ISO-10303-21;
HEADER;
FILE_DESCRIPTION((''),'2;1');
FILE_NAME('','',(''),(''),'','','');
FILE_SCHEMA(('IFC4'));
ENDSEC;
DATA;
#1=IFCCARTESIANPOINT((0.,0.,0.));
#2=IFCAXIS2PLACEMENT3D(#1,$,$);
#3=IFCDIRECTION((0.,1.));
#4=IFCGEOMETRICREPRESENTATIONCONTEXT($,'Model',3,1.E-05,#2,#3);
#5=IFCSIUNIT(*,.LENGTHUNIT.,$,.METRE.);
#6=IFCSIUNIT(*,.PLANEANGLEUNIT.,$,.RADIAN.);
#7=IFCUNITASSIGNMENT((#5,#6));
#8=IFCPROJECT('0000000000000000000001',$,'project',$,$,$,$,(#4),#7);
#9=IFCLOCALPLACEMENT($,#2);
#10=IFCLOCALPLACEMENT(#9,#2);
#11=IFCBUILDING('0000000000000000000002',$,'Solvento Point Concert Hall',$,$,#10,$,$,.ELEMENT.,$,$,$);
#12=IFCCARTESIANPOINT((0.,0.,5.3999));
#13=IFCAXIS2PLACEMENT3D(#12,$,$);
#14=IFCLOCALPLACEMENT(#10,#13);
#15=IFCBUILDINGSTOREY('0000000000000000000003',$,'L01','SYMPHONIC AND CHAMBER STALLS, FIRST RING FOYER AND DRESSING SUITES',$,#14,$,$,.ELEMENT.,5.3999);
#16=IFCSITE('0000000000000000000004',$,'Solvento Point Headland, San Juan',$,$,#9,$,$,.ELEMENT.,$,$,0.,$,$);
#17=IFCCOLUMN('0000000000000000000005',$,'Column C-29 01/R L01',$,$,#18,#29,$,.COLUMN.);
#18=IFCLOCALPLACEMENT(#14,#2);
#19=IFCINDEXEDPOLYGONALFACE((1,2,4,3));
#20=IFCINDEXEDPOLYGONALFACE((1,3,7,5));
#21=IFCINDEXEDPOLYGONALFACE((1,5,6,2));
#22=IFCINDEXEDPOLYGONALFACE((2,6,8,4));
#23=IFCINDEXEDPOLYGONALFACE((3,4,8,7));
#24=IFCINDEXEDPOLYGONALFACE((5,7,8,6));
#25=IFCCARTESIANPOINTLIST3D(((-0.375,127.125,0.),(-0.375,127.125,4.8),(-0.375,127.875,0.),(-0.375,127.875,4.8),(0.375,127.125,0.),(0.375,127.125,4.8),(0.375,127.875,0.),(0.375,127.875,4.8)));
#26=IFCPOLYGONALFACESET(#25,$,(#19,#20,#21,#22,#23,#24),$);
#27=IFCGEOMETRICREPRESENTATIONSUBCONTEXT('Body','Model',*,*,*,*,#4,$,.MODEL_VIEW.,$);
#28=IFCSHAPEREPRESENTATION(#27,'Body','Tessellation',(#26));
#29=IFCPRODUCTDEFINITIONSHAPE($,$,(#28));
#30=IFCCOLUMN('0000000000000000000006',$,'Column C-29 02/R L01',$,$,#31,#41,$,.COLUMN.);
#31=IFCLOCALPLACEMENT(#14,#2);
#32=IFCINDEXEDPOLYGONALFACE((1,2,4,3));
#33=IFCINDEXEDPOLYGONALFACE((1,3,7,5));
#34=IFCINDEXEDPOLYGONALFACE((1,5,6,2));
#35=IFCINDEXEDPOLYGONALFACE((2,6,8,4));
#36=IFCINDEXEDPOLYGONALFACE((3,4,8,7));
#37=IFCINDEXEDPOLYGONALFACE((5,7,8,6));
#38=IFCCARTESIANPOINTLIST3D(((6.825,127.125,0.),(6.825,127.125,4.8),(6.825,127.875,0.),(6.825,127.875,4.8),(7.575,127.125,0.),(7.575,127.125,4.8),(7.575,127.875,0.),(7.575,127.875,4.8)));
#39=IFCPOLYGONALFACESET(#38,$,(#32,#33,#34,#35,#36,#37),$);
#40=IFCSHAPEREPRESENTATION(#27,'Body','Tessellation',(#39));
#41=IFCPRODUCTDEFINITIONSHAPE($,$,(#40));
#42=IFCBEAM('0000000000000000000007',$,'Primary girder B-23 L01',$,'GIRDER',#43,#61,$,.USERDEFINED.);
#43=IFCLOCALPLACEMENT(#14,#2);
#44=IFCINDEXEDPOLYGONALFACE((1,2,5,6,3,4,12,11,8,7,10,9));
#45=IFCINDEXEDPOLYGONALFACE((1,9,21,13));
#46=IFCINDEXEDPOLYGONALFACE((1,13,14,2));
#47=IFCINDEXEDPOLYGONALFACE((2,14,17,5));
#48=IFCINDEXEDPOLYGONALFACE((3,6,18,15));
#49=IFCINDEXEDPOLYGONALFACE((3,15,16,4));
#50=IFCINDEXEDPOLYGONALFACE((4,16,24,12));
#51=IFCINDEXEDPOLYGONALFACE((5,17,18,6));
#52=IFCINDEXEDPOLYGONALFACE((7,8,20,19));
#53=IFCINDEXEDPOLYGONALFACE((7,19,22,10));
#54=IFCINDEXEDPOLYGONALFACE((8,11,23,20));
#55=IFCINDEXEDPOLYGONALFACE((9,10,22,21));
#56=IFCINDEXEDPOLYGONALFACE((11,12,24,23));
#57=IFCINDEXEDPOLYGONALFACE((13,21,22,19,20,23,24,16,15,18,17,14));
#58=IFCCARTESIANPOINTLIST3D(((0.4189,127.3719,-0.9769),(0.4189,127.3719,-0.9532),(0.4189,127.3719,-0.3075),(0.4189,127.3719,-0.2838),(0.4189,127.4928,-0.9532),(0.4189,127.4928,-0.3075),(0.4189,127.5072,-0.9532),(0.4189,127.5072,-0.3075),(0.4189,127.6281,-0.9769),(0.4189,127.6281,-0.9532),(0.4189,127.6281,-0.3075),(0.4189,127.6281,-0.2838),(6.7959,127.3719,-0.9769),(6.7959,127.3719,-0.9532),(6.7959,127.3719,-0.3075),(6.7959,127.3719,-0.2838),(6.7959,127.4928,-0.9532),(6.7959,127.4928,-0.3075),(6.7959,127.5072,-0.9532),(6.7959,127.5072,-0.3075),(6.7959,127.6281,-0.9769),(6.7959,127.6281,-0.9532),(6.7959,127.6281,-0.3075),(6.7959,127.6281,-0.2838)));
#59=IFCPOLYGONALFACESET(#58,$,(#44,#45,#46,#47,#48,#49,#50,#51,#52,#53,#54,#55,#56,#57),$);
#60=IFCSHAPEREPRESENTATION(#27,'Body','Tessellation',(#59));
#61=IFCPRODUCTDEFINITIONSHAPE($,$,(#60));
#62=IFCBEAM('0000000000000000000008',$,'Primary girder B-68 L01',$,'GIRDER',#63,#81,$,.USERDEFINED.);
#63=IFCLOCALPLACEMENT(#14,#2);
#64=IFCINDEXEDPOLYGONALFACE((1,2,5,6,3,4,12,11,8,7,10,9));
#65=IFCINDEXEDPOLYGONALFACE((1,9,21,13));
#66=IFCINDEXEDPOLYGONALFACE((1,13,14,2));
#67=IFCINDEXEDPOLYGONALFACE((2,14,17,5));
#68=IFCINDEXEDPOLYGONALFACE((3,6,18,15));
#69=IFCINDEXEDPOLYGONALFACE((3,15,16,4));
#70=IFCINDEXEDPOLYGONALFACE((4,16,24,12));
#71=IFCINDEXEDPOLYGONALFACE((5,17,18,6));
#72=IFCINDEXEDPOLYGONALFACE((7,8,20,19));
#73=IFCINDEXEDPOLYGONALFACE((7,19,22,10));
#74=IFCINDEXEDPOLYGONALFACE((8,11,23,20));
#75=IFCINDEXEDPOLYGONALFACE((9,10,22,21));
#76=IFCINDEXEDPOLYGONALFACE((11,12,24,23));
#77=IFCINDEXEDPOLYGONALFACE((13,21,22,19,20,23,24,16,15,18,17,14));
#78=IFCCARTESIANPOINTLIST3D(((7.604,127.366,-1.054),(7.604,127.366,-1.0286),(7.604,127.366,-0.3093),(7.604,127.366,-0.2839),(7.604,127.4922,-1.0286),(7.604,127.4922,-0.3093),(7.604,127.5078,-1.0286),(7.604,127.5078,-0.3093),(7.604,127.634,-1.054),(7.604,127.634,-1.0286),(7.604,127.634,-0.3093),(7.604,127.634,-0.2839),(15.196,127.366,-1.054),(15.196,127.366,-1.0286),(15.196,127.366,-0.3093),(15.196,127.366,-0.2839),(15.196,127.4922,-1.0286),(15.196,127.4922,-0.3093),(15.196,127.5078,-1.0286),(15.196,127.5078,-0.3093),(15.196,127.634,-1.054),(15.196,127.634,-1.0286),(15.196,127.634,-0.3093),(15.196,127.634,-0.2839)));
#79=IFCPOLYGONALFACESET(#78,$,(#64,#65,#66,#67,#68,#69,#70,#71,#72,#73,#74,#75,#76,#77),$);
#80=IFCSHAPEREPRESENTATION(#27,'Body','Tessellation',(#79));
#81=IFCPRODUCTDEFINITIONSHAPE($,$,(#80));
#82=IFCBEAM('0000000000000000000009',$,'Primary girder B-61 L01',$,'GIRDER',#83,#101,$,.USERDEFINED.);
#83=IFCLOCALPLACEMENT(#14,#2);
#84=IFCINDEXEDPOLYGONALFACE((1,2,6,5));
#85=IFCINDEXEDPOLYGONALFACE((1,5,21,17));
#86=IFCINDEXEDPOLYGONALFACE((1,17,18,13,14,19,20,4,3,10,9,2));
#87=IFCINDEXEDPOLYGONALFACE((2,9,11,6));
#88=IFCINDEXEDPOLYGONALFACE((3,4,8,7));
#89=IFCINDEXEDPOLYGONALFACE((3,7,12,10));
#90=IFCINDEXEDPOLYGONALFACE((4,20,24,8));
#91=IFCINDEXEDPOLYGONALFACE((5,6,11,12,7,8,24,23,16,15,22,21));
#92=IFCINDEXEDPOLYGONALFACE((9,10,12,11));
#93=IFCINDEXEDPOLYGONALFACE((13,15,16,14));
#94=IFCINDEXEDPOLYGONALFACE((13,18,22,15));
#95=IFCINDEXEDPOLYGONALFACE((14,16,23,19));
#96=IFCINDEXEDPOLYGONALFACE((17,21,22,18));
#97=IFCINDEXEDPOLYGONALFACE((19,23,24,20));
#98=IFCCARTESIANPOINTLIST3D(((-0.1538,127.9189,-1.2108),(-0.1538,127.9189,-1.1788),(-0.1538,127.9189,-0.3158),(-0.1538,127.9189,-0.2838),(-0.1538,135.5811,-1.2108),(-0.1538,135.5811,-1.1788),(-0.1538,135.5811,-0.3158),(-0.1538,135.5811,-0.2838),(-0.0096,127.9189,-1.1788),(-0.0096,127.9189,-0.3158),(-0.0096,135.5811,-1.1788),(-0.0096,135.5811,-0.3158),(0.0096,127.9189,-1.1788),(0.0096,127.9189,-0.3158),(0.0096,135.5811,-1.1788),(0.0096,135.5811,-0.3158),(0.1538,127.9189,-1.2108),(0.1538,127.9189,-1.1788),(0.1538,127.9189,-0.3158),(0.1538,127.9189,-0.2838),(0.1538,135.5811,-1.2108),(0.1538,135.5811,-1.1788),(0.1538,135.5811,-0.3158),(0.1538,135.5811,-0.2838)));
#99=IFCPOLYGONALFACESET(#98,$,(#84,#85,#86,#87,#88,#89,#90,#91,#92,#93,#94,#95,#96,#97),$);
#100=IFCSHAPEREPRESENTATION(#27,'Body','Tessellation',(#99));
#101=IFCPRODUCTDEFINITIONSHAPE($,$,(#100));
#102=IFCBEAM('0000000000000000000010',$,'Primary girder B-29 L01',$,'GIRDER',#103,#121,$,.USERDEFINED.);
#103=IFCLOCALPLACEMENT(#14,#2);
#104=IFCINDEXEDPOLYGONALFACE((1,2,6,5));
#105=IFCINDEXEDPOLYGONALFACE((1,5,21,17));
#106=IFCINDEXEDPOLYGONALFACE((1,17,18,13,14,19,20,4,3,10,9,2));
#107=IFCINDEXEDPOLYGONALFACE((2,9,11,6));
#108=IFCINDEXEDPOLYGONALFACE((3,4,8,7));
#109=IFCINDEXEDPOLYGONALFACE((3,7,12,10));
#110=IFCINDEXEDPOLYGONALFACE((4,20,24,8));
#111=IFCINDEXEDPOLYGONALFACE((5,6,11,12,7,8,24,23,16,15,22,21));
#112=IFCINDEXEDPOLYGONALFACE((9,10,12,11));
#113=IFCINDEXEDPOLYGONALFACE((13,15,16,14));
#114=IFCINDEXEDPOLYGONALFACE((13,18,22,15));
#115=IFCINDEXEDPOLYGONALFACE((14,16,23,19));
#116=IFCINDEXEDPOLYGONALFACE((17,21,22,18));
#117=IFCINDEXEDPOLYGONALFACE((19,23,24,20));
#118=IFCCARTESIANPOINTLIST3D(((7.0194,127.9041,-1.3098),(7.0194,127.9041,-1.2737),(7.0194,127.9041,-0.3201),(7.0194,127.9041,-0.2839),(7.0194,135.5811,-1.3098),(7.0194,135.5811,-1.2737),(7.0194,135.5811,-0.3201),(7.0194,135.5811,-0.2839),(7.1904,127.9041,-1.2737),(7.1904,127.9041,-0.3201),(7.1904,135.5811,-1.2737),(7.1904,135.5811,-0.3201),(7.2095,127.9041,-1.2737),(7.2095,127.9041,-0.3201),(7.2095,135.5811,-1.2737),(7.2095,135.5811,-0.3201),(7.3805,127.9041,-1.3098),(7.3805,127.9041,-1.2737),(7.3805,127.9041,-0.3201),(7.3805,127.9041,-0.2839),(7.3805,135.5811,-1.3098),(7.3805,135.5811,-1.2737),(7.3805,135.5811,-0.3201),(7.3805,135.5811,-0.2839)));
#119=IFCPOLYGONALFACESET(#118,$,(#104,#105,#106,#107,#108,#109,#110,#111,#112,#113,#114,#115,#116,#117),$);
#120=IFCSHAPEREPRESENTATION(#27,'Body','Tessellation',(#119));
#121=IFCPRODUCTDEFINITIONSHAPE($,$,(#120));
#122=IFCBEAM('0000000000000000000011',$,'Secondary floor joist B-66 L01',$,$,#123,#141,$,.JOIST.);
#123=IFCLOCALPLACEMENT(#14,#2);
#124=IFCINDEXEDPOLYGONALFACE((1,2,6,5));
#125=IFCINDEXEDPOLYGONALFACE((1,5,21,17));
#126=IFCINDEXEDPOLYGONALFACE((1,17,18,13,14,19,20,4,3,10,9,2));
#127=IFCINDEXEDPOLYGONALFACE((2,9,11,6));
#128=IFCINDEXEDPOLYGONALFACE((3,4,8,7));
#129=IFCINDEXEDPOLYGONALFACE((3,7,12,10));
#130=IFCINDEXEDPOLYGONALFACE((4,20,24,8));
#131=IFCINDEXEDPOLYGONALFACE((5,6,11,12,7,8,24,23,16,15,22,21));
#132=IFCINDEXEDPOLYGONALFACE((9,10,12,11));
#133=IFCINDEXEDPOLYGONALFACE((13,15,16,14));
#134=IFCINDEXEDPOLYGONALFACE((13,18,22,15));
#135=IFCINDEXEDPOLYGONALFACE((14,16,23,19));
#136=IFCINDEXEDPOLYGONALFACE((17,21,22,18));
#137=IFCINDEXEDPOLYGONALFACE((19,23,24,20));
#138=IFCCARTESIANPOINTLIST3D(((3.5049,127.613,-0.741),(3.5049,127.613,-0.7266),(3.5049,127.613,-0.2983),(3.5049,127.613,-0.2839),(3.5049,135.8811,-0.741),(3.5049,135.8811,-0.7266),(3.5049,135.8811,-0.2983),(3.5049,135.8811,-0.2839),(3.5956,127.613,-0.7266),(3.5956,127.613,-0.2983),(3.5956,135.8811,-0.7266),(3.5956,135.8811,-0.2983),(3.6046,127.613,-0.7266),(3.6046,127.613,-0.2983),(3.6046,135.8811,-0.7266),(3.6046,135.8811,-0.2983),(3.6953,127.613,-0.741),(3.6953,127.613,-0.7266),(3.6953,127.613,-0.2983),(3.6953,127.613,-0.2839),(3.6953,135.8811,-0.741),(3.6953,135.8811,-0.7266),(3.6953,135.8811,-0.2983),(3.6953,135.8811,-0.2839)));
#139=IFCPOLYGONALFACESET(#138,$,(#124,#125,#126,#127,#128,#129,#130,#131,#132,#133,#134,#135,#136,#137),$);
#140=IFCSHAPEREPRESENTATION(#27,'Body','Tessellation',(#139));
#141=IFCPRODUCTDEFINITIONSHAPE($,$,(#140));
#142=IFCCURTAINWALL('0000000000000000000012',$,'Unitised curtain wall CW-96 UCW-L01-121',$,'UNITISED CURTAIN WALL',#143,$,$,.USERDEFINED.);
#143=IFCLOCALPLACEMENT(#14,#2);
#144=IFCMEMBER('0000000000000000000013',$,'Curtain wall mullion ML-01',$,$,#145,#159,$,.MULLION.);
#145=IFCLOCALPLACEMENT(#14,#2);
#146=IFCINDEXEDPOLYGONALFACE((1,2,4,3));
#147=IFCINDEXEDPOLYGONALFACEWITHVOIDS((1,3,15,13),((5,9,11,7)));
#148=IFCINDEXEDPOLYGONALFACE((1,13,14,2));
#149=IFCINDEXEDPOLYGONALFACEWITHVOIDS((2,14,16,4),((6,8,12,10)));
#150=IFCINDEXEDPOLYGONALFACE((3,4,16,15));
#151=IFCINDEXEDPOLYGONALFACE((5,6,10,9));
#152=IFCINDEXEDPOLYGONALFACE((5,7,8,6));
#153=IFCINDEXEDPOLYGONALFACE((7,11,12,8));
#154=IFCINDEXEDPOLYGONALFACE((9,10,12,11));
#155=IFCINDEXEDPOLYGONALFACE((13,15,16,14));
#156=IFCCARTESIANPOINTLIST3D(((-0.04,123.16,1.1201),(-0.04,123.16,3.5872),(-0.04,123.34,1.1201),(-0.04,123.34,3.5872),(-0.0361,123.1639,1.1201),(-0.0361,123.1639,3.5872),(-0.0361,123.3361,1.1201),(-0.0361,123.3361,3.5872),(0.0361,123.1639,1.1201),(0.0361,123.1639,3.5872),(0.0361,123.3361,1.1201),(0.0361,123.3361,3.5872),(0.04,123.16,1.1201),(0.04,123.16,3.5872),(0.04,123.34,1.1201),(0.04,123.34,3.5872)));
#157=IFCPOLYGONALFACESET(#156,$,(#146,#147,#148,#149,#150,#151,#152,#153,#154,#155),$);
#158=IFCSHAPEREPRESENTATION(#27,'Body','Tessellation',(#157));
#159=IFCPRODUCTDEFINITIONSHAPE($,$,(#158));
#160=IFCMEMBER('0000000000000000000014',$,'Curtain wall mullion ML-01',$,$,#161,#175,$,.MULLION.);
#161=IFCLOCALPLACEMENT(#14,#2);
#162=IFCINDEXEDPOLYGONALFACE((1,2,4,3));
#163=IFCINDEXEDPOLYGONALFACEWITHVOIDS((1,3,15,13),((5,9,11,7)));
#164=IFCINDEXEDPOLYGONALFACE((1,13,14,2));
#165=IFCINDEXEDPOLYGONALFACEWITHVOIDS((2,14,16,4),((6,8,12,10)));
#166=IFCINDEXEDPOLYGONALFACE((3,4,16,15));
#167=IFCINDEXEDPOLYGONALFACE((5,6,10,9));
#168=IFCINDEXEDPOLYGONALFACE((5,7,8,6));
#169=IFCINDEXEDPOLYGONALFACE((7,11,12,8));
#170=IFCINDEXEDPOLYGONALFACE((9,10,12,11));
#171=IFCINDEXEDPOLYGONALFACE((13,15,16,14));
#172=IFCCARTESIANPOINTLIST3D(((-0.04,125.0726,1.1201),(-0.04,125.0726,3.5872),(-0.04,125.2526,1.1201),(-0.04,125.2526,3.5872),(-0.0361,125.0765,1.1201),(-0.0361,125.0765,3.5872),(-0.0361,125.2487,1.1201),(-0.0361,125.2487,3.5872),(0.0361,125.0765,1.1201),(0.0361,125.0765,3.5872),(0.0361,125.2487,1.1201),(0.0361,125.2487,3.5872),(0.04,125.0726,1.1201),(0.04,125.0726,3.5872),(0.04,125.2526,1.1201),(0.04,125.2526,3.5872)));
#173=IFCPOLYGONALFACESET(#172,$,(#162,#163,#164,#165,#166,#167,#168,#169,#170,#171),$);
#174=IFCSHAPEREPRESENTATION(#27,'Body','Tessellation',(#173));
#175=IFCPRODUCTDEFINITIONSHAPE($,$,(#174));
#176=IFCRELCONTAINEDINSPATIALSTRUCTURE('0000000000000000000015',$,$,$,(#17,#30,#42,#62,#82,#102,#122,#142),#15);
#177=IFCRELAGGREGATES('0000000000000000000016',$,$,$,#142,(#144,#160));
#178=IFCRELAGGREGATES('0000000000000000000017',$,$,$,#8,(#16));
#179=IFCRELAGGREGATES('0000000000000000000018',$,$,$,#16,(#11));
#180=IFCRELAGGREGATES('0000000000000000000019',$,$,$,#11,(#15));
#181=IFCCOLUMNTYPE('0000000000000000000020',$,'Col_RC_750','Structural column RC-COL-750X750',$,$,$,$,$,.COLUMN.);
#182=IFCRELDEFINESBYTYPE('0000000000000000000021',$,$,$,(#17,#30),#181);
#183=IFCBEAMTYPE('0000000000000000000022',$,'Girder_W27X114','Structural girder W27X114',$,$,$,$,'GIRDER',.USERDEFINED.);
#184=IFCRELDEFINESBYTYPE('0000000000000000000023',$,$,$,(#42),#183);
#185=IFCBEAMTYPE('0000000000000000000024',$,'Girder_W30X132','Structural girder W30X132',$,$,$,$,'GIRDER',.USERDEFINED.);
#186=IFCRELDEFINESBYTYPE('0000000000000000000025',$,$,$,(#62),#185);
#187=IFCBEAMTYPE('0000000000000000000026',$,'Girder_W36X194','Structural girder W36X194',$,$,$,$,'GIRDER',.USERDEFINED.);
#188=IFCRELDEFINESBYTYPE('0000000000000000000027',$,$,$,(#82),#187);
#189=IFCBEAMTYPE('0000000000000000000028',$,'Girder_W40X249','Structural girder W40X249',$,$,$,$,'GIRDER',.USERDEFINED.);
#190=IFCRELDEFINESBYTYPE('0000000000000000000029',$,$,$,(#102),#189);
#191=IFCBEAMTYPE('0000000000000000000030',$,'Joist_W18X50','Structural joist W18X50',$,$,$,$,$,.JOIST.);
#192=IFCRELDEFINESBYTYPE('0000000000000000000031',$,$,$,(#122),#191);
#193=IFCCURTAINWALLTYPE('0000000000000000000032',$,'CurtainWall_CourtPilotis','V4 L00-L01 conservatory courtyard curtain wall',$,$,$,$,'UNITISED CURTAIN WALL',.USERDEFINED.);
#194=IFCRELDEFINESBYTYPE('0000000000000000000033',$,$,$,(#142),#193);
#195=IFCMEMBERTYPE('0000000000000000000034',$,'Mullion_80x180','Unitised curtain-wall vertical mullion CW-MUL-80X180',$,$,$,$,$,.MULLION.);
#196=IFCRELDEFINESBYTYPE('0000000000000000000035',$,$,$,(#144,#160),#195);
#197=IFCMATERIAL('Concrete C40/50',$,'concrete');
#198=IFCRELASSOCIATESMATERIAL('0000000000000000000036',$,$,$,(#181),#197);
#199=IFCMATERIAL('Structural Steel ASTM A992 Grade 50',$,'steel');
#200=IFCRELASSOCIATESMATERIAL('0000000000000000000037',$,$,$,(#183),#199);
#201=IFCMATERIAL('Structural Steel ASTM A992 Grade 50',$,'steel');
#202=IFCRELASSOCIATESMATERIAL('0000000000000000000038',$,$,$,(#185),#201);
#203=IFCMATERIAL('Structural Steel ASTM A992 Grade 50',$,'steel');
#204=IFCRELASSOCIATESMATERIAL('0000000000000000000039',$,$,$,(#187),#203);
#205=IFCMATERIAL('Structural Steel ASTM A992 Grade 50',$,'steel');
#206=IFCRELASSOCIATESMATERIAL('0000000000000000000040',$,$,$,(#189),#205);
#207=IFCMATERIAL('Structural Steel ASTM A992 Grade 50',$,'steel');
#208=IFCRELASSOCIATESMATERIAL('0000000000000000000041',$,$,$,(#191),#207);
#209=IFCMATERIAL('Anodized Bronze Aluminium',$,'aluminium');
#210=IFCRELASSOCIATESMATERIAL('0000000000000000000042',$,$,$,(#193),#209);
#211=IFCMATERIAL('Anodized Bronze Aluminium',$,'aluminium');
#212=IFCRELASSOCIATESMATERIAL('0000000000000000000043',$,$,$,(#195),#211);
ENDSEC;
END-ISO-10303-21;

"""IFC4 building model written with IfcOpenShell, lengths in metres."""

from ifc_helpers import new_model, si_unit, direction, frame, origin, origin_2d, place, context, subcontext, project, spatial, rectangle, hollow_rectangle, i_section, extrude, material, material_profile, profile_set, type_object, element, aggregate, save


model = new_model("IFC4")

# Units and contexts
model_context = context("Model", 3, precision=1e-05, world=origin(), true_north=direction((0.0, 1.0)))
body_context = subcontext(model_context, "Body", "Model", "MODEL_VIEW")
ifc_project = project(units=[si_unit("LENGTHUNIT", "METRE"), si_unit("PLANEANGLEUNIT", "RADIAN")], contexts=[model_context])

# Site, building, storey
site_placement = place(None, origin())
site = spatial("IfcSite", under=ifc_project, at=site_placement, Name="Solvento Point Headland, San Juan", CompositionType="ELEMENT", RefElevation=0.0)
building_placement = place(site_placement, origin())
building = spatial("IfcBuilding", under=site, at=building_placement, Name="Solvento Point Concert Hall", CompositionType="ELEMENT")
storey_placement = place(building_placement, frame((0.0, 0.0, 5.3999)))
storey = spatial("IfcBuildingStorey", under=building, at=storey_placement, Name="L01", Description="SYMPHONIC AND CHAMBER STALLS, FIRST RING FOYER AND DRESSING SUITES", CompositionType="ELEMENT", Elevation=5.3999)

# Columns
ifc_material_1 = material(Name="Concrete C40/50", Category="concrete")
ifc_material_profile_1 = material_profile(ifc_material_1, rectangle(XDim=0.75, YDim=0.75, at=origin_2d()), Name="RC-COL-750X750")
ifc_profile_set_1 = profile_set([ifc_material_profile_1], Name="Concrete C40/50")
column_type = type_object("IfcColumnType", Name="Col_RC_750", Description="Structural column RC-COL-750X750", PredefinedType="COLUMN", material=ifc_profile_set_1)
for number, where, z_axis, x_axis, name in (
    (1, (0.0, 127.5, 0.0), (0.0, 0.0, 1.0), (1.0, 0.0, 0.0), "Column C-29 01/R L01"),
    (2, (7.2, 127.5, 0.0), (0.0, 0.0, 1.0), (1.0, 0.0, 0.0), "Column C-29 02/R L01"),
):
    element("IfcColumn", number, at=place(storey_placement, frame(where, z_axis=z_axis, x_axis=x_axis)), inside=storey, type_object=column_type, Name=name, PredefinedType="COLUMN", context=body_context, shape_type="SweptSolid", body=[
        extrude(rectangle(XDim=0.75, YDim=0.75, at=origin_2d()), origin(), (0.0, 0.0, 1.0), 4.8),
    ])

# Beams
ifc_material_2 = material(Name="Structural Steel ASTM A992 Grade 50", Category="steel")
ifc_material_profile_2 = material_profile(ifc_material_2, i_section(OverallWidth=0.2561, OverallDepth=0.6931, WebThickness=0.0144, FlangeThickness=0.0237, at=origin_2d()), Name="W27X114")
ifc_profile_set_2 = profile_set([ifc_material_profile_2], Name="Structural Steel ASTM A992 Grade 50")
beam_type_1 = type_object("IfcBeamType", Name="Girder_W27X114", Description="Structural girder W27X114", ElementType="GIRDER", PredefinedType="USERDEFINED", material=ifc_profile_set_2)
beam_1_placement = place(storey_placement, frame((0.4189, 127.5, -0.6304), z_axis=(1.0, 0.0, 0.0), x_axis=(0.0, 1.0, 0.0)))
element("IfcBeam", 3, at=beam_1_placement, inside=storey, type_object=beam_type_1, Name="Primary girder B-23 L01", ObjectType="GIRDER", PredefinedType="USERDEFINED", context=body_context, shape_type="SweptSolid", body=[
    extrude(i_section(OverallWidth=0.2561, OverallDepth=0.6931, WebThickness=0.0144, FlangeThickness=0.0237, at=origin_2d()), origin(), (0.0, 0.0, 1.0), 6.377),
])
ifc_material_3 = material(Name="Structural Steel ASTM A992 Grade 50", Category="steel")
ifc_material_profile_3 = material_profile(ifc_material_3, i_section(OverallWidth=0.2681, OverallDepth=0.77, WebThickness=0.0156, FlangeThickness=0.0254, at=origin_2d()), Name="W30X132")
ifc_profile_set_3 = profile_set([ifc_material_profile_3], Name="Structural Steel ASTM A992 Grade 50")
beam_type_2 = type_object("IfcBeamType", Name="Girder_W30X132", Description="Structural girder W30X132", ElementType="GIRDER", PredefinedType="USERDEFINED", material=ifc_profile_set_3)
beam_2_placement = place(storey_placement, frame((7.604, 127.5, -0.6689), z_axis=(1.0, 0.0, 0.0), x_axis=(0.0, 1.0, 0.0)))
element("IfcBeam", 4, at=beam_2_placement, inside=storey, type_object=beam_type_2, Name="Primary girder B-68 L01", ObjectType="GIRDER", PredefinedType="USERDEFINED", context=body_context, shape_type="SweptSolid", body=[
    extrude(i_section(OverallWidth=0.2681, OverallDepth=0.77, WebThickness=0.0156, FlangeThickness=0.0254, at=origin_2d()), origin(), (0.0, 0.0, 1.0), 7.592),
])
ifc_material_4 = material(Name="Structural Steel ASTM A992 Grade 50", Category="steel")
ifc_material_profile_4 = material_profile(ifc_material_4, i_section(OverallWidth=0.3076, OverallDepth=0.927, WebThickness=0.0193, FlangeThickness=0.032, at=origin_2d()), Name="W36X194")
ifc_profile_set_4 = profile_set([ifc_material_profile_4], Name="Structural Steel ASTM A992 Grade 50")
beam_type_3 = type_object("IfcBeamType", Name="Girder_W36X194", Description="Structural girder W36X194", ElementType="GIRDER", PredefinedType="USERDEFINED", material=ifc_profile_set_4)
beam_3_placement = place(storey_placement, frame((0.0, 127.9189, -0.7473), z_axis=(0.0, 1.0, 0.0), x_axis=(-1.0, 0.0, 0.0)))
element("IfcBeam", 5, at=beam_3_placement, inside=storey, type_object=beam_type_3, Name="Primary girder B-61 L01", ObjectType="GIRDER", PredefinedType="USERDEFINED", context=body_context, shape_type="SweptSolid", body=[
    extrude(i_section(OverallWidth=0.3076, OverallDepth=0.927, WebThickness=0.0193, FlangeThickness=0.032, at=origin_2d()), origin(), (0.0, 0.0, 1.0), 7.6621),
])
ifc_material_5 = material(Name="Structural Steel ASTM A992 Grade 50", Category="steel")
ifc_material_profile_5 = material_profile(ifc_material_5, i_section(OverallWidth=0.3611, OverallDepth=1.0259, WebThickness=0.019, FlangeThickness=0.0361, at=origin_2d()), Name="W40X249")
ifc_profile_set_5 = profile_set([ifc_material_profile_5], Name="Structural Steel ASTM A992 Grade 50")
beam_type_4 = type_object("IfcBeamType", Name="Girder_W40X249", Description="Structural girder W40X249", ElementType="GIRDER", PredefinedType="USERDEFINED", material=ifc_profile_set_5)
beam_4_placement = place(storey_placement, frame((7.2, 127.9041, -0.7969), z_axis=(0.0, 1.0, 0.0), x_axis=(-1.0, 0.0, 0.0)))
element("IfcBeam", 6, at=beam_4_placement, inside=storey, type_object=beam_type_4, Name="Primary girder B-29 L01", ObjectType="GIRDER", PredefinedType="USERDEFINED", context=body_context, shape_type="SweptSolid", body=[
    extrude(i_section(OverallWidth=0.3611, OverallDepth=1.0259, WebThickness=0.019, FlangeThickness=0.0361, at=origin_2d()), origin(), (0.0, 0.0, 1.0), 7.677),
])
ifc_material_6 = material(Name="Structural Steel ASTM A992 Grade 50", Category="steel")
ifc_material_profile_6 = material_profile(ifc_material_6, i_section(OverallWidth=0.1904, OverallDepth=0.457, WebThickness=0.009, FlangeThickness=0.0144, at=origin_2d()), Name="W18X50")
ifc_profile_set_6 = profile_set([ifc_material_profile_6], Name="Structural Steel ASTM A992 Grade 50")
beam_type_5 = type_object("IfcBeamType", Name="Joist_W18X50", Description="Structural joist W18X50", PredefinedType="JOIST", material=ifc_profile_set_6)
beam_5_placement = place(storey_placement, frame((3.6001, 127.613, -0.5125), z_axis=(0.0, 1.0, 0.0), x_axis=(-1.0, 0.0, 0.0)))
element("IfcBeam", 7, at=beam_5_placement, inside=storey, type_object=beam_type_5, Name="Secondary floor joist B-66 L01", PredefinedType="JOIST", context=body_context, shape_type="SweptSolid", body=[
    extrude(i_section(OverallWidth=0.1904, OverallDepth=0.457, WebThickness=0.009, FlangeThickness=0.0144, at=origin_2d()), origin(), (0.0, 0.0, 1.0), 8.2681),
])

# Curtain wall, members
ifc_material_7 = material(Name="Anodized Bronze Aluminium", Category="aluminium")
curtain_wall_type = type_object("IfcCurtainWallType", Name="CurtainWall_CourtPilotis", Description="V4 L00-L01 conservatory courtyard curtain wall", ElementType="UNITISED CURTAIN WALL", PredefinedType="USERDEFINED", material=ifc_material_7)
curtain_wall_1_placement = place(storey_placement, origin())
curtain_wall_1 = element("IfcCurtainWall", 8, at=curtain_wall_1_placement, inside=storey, type_object=curtain_wall_type, Name="Unitised curtain wall CW-96 UCW-L01-121", ObjectType="UNITISED CURTAIN WALL", PredefinedType="USERDEFINED")
ifc_material_8 = material(Name="Anodized Bronze Aluminium", Category="aluminium")
ifc_material_profile_7 = material_profile(ifc_material_8, hollow_rectangle(XDim=0.0801, YDim=0.1799, WallThickness=0.0039, at=origin_2d()), Name="CW-MUL-80X180")
ifc_profile_set_7 = profile_set([ifc_material_profile_7], Name="Anodized Bronze Aluminium")
member_type_1 = type_object("IfcMemberType", Name="Mullion_80x180", Description="Unitised curtain-wall vertical mullion CW-MUL-80X180", PredefinedType="MULLION", material=ifc_profile_set_7)
member_1_placement = place(storey_placement, frame((0.0, 123.25, 1.1201), z_axis=(0.0, 0.0, 1.0), x_axis=(1.0, 0.0, 0.0)))
member_1 = element("IfcMember", 9, at=member_1_placement, type_object=member_type_1, Name="Curtain wall mullion ML-01", PredefinedType="MULLION", context=body_context, shape_type="SweptSolid", body=[
    extrude(hollow_rectangle(XDim=0.0801, YDim=0.1799, WallThickness=0.0039, at=origin_2d()), origin(), (0.0, 0.0, 1.0), 2.467),
])
member_2_placement = place(storey_placement, frame((0.0, 125.1626, 1.1201), z_axis=(0.0, 0.0, 1.0), x_axis=(1.0, 0.0, 0.0)))
member_2 = element("IfcMember", 10, at=member_2_placement, type_object=member_type_1, Name="Curtain wall mullion ML-01", PredefinedType="MULLION", context=body_context, shape_type="SweptSolid", body=[
    extrude(hollow_rectangle(XDim=0.0801, YDim=0.1799, WallThickness=0.0039, at=origin_2d()), origin(), (0.0, 0.0, 1.0), 2.467),
])

aggregate(curtain_wall_1, [member_1, member_2])

save(model, "model.ifc")
